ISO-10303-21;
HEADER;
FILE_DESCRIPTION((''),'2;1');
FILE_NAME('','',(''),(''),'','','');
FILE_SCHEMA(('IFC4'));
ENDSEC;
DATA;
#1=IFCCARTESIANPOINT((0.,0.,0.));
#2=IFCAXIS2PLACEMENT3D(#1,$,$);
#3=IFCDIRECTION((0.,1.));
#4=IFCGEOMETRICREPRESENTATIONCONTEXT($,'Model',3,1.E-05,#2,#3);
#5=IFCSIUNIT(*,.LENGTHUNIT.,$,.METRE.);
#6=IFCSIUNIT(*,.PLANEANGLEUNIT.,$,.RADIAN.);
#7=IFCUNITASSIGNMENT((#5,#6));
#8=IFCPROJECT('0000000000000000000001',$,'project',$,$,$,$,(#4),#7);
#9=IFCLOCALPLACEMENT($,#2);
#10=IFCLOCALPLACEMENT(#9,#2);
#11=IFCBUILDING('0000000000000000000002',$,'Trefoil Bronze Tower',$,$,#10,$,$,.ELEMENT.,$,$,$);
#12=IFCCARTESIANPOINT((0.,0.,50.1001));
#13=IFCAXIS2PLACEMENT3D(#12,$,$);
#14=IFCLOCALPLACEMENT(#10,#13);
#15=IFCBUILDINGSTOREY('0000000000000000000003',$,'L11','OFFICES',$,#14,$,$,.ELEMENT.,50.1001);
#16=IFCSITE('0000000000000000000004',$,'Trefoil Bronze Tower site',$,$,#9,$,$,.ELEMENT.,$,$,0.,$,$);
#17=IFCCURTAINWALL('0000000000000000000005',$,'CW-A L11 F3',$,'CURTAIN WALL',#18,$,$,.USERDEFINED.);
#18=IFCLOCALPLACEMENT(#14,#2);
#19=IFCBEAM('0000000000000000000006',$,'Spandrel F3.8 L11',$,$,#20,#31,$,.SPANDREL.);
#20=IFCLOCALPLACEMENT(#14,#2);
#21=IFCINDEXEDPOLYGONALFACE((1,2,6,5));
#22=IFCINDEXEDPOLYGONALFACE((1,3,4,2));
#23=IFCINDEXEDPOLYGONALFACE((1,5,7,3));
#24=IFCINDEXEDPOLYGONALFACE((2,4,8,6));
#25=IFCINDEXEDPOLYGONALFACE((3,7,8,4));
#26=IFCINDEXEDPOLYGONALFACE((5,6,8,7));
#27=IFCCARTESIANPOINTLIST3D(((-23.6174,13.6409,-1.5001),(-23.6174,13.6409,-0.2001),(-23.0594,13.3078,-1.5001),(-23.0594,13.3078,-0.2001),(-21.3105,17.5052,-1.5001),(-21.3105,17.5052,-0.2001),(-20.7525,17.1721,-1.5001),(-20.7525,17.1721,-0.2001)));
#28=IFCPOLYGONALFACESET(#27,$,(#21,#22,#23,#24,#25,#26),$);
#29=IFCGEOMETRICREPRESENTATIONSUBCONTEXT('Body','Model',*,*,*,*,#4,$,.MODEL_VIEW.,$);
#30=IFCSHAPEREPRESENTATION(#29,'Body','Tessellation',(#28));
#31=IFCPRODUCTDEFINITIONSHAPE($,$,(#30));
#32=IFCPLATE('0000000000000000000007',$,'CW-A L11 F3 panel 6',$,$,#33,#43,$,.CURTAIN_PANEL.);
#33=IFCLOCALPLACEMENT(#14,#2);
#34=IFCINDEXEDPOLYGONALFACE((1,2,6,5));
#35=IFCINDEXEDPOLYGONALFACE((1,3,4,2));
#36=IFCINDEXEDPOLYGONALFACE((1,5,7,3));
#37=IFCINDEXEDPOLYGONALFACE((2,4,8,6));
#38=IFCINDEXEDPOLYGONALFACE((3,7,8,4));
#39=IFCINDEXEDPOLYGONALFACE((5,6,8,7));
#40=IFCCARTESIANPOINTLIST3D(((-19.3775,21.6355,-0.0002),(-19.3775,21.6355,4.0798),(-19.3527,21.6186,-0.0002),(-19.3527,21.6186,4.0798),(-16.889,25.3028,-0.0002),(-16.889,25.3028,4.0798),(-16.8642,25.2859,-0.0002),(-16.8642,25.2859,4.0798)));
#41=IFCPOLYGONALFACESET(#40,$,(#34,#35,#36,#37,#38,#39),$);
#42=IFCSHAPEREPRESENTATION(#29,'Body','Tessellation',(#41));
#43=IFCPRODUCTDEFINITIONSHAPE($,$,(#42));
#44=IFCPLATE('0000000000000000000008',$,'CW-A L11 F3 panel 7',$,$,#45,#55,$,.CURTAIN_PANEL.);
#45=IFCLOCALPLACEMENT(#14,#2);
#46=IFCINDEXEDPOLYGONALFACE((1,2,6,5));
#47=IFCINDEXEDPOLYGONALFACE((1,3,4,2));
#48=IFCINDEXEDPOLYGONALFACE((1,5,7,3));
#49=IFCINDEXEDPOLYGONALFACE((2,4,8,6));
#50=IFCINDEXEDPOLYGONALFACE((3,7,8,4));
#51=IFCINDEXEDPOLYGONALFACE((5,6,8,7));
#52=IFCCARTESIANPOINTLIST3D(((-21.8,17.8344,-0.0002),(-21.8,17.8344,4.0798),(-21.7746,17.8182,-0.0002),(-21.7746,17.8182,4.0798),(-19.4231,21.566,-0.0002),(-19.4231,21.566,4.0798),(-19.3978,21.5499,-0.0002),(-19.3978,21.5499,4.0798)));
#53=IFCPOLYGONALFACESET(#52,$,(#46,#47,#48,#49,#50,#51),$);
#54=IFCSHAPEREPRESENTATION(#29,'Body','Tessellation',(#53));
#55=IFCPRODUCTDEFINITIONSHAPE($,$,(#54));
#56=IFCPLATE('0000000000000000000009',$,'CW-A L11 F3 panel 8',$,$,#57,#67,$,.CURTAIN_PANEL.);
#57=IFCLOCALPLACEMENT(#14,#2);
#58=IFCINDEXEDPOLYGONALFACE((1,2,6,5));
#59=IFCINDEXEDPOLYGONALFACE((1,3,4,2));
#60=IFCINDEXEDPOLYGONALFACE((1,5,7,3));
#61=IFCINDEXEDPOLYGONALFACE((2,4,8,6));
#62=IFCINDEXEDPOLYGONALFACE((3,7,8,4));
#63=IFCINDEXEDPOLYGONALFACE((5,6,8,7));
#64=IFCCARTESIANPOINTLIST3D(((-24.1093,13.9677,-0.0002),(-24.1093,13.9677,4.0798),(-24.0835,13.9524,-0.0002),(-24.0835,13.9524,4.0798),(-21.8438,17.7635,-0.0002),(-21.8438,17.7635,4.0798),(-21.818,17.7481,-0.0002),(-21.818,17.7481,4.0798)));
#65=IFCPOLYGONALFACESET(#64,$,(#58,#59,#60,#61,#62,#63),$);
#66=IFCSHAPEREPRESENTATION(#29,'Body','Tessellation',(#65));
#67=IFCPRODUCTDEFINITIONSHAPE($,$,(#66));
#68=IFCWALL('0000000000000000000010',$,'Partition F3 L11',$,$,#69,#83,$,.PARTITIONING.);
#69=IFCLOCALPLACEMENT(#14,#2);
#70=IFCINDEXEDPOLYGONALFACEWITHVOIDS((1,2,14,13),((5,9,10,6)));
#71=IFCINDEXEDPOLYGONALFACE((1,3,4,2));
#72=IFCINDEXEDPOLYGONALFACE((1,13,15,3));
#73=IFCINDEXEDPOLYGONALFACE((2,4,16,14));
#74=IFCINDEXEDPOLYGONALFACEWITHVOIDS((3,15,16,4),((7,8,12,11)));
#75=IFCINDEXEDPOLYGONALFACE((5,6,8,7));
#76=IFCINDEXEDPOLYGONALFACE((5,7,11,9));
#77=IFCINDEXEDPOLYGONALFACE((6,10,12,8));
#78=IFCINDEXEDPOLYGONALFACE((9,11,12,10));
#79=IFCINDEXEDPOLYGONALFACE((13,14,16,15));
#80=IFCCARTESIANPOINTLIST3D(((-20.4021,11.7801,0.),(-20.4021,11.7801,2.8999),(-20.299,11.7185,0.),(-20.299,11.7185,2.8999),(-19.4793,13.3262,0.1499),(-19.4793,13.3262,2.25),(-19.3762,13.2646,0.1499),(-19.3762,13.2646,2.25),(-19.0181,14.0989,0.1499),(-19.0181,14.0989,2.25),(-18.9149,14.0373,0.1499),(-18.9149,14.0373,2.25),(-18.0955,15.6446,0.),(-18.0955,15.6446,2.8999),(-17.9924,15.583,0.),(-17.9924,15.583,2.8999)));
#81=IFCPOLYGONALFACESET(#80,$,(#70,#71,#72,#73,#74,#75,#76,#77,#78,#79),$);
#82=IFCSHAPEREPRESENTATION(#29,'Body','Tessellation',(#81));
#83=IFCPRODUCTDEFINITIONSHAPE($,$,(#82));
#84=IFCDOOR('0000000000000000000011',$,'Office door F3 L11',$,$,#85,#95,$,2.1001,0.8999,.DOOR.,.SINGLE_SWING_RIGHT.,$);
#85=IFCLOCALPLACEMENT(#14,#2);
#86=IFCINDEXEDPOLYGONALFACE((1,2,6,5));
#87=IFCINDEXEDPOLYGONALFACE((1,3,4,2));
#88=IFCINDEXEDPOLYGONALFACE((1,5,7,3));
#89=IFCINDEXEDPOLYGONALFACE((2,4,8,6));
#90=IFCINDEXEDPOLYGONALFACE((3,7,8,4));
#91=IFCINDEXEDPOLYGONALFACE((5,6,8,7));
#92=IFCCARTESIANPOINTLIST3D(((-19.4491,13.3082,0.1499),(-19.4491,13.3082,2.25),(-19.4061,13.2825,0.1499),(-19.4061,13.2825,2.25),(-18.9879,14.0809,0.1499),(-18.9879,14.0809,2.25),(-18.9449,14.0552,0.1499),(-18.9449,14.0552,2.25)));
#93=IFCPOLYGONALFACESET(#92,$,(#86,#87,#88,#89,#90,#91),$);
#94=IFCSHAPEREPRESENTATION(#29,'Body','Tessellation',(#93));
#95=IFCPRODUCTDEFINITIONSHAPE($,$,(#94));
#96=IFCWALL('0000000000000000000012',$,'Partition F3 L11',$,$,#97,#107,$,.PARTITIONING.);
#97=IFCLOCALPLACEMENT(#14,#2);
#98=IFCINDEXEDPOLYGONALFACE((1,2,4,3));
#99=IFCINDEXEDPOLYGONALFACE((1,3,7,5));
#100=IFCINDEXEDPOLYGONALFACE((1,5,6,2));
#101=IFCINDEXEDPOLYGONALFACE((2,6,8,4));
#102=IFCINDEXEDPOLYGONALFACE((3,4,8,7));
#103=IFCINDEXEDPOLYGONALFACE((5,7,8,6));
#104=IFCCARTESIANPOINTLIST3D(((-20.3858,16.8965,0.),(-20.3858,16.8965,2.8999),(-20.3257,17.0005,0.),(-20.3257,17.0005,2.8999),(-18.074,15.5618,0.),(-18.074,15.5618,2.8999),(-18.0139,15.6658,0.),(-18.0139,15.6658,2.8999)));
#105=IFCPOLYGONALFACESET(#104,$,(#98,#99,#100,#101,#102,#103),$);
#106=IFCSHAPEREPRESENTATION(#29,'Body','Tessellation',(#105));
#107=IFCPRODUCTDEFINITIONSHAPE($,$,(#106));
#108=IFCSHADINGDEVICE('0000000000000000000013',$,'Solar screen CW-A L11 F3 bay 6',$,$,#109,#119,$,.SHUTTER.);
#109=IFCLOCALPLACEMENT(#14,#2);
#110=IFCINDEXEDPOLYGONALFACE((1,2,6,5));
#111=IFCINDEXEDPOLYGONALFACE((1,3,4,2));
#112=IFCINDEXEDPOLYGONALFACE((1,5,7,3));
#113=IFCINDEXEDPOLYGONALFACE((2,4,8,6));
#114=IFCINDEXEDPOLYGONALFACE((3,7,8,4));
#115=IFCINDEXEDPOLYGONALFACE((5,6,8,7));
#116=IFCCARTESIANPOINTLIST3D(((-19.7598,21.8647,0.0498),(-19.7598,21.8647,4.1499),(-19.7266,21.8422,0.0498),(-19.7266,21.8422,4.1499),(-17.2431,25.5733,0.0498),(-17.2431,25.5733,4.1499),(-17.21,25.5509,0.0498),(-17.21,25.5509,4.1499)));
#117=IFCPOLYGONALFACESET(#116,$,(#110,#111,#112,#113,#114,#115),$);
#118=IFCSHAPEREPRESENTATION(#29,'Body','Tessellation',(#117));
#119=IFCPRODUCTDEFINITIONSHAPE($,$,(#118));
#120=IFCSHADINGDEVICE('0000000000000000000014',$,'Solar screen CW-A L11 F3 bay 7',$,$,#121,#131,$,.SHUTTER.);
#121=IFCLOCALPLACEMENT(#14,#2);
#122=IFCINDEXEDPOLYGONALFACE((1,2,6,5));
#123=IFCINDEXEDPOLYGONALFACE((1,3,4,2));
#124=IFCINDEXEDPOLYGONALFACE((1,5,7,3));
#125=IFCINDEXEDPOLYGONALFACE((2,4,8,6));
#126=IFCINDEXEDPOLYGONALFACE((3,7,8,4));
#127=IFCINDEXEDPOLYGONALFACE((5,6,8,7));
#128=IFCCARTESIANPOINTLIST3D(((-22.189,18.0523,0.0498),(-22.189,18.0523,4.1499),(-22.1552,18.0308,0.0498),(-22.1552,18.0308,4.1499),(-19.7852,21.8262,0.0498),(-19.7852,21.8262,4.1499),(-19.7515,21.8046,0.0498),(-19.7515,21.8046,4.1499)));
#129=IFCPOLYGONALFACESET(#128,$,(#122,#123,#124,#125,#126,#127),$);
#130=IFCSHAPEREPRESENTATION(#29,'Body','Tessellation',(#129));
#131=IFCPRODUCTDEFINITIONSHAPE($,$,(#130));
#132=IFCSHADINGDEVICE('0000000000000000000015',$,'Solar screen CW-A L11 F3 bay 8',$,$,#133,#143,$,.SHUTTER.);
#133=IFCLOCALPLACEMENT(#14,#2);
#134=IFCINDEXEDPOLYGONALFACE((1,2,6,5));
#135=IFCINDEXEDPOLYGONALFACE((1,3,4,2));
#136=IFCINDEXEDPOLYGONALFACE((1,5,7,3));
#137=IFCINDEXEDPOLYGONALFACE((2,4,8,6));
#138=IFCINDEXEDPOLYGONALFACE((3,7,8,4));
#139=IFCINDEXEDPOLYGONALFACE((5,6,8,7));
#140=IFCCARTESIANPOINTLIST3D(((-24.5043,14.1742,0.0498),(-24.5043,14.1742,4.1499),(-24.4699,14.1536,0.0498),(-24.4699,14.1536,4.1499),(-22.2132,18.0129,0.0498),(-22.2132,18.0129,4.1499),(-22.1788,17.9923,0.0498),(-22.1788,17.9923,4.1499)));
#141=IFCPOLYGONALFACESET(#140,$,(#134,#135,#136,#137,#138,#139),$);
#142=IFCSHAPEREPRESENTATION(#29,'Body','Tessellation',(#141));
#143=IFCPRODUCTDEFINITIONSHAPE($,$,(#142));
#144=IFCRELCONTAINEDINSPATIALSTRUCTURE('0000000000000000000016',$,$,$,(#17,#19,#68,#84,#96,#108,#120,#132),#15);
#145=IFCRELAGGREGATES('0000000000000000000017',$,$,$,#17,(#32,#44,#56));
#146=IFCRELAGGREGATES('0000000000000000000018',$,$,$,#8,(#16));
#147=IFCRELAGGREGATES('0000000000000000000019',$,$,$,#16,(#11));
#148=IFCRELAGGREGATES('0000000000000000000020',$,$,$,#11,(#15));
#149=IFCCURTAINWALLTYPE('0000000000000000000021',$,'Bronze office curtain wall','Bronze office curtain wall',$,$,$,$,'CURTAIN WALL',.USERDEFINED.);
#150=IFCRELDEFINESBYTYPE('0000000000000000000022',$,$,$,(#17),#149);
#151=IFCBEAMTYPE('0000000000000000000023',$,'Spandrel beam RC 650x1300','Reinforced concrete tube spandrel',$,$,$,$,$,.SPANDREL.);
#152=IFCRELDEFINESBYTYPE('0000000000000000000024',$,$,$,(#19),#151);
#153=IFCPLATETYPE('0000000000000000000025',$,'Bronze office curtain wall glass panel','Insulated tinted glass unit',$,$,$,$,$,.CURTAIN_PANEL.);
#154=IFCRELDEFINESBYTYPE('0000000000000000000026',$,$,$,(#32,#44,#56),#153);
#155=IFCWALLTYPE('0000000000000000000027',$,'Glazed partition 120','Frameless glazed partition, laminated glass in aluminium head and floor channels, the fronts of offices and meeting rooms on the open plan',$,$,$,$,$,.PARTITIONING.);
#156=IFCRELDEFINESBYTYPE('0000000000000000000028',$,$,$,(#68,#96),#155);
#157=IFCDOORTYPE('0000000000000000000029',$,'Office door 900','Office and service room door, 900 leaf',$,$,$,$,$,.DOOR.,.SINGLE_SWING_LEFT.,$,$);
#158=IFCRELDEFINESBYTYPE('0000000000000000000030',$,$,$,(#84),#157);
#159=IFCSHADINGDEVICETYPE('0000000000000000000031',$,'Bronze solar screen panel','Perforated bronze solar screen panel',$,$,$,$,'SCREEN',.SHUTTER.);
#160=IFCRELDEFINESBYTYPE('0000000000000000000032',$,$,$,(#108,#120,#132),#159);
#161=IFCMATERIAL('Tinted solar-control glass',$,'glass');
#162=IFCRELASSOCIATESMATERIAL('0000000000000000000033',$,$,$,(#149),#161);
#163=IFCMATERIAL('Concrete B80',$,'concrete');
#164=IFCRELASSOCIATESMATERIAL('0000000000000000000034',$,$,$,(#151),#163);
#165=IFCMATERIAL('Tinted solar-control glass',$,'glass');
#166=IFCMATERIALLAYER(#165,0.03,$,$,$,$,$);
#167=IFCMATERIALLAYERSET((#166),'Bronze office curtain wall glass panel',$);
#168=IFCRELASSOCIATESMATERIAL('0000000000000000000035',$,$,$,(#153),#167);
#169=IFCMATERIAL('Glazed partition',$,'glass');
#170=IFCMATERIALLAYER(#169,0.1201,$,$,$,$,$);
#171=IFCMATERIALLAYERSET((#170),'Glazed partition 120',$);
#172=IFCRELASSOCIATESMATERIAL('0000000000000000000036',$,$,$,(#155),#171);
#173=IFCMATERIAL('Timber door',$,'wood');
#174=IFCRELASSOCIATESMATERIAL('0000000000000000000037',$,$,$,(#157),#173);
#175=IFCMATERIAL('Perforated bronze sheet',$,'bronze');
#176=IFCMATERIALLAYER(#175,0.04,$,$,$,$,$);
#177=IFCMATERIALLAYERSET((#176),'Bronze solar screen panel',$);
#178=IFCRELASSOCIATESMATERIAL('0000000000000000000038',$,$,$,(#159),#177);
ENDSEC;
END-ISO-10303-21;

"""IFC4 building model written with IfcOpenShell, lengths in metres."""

from ifc_helpers import new_model, si_unit, direction, frame, frame_2d, origin, origin_2d, place, context, subcontext, project, spatial, rectangle, extrude, material, layer, layer_set, material_profile, profile_set, type_object, element, fill, aggregate, save


model = new_model("IFC4")

# Units and contexts
model_context = context("Model", 3, precision=1e-05, world=origin(), true_north=direction((0.0, 1.0)))
body_context = subcontext(model_context, "Body", "Model", "MODEL_VIEW")
ifc_project = project(units=[si_unit("LENGTHUNIT", "METRE"), si_unit("PLANEANGLEUNIT", "RADIAN")], contexts=[model_context])

# Site, building, storey
site_placement = place(None, origin())
site = spatial("IfcSite", under=ifc_project, at=site_placement, Name="Trefoil Bronze Tower site", CompositionType="ELEMENT", RefElevation=0.0)
building_placement = place(site_placement, origin())
building = spatial("IfcBuilding", under=site, at=building_placement, Name="Trefoil Bronze Tower", CompositionType="ELEMENT")
storey_placement = place(building_placement, frame((0.0, 0.0, 50.1001)))
storey = spatial("IfcBuildingStorey", under=building, at=storey_placement, Name="L11", Description="OFFICES", CompositionType="ELEMENT", Elevation=50.1001)

# Curtain wall
ifc_material_1 = material(Name="Tinted solar-control glass", Category="glass")
curtain_wall_type = type_object("IfcCurtainWallType", Name="Bronze office curtain wall", Description="Bronze office curtain wall", ElementType="CURTAIN WALL", PredefinedType="USERDEFINED", material=ifc_material_1)
curtain_wall_placement = place(storey_placement, origin())
curtain_wall = element("IfcCurtainWall", 1, at=curtain_wall_placement, inside=storey, type_object=curtain_wall_type, Name="CW-A L11 F3", ObjectType="CURTAIN WALL", PredefinedType="USERDEFINED")

# Beam
ifc_material_2 = material(Name="Concrete B80", Category="concrete")
ifc_material_profile_1 = material_profile(ifc_material_2, rectangle(XDim=0.6499, YDim=1.3, at=origin_2d()), Name="RC 650x1300")
ifc_profile_set_1 = profile_set([ifc_material_profile_1], Name="Concrete B80")
beam_type_1 = type_object("IfcBeamType", Name="Spandrel beam RC 650x1300", Description="Reinforced concrete tube spandrel", PredefinedType="SPANDREL", material=ifc_profile_set_1)
beam_1_placement = place(storey_placement, frame((-21.0315, 17.3386, -0.8501), z_axis=(-0.512588, -0.858635, 0.0), x_axis=(0.858635, -0.512588, 0.0)))
element("IfcBeam", 2, at=beam_1_placement, inside=storey, type_object=beam_type_1, Name="Spandrel F3.8 L11", PredefinedType="SPANDREL", context=body_context, shape_type="SweptSolid", body=[
    extrude(rectangle(XDim=0.6499, YDim=1.3, at=origin_2d()), origin(), (0.0, 0.0, 1.0), 4.5005),
])

# Plates
ifc_material_3 = material(Name="Tinted solar-control glass", Category="glass")
ifc_layer_1 = layer(ifc_material_3, 0.03)
ifc_layer_set_1 = layer_set([ifc_layer_1], Name="Bronze office curtain wall glass panel")
plate_type = type_object("IfcPlateType", Name="Bronze office curtain wall glass panel", Description="Insulated tinted glass unit", PredefinedType="CURTAIN_PANEL", material=ifc_layer_set_1)
plate_1_placement = place(storey_placement, frame((-18.1208, 23.4607, -0.0002), z_axis=(0.0, 0.0, 1.0), x_axis=(-0.56151, -0.82747, 0.0)))
plate_1 = element("IfcPlate", 3, at=plate_1_placement, type_object=plate_type, Name="CW-A L11 F3 panel 6", PredefinedType="CURTAIN_PANEL", context=body_context, shape_type="SweptSolid", body=[
    extrude(rectangle(XDim=4.4319, YDim=0.03, at=origin_2d()), origin(), (0.0, 0.0, 1.0), 4.0801),
])
plate_2_placement = place(storey_placement, frame((-20.5989, 19.6921, -0.0002), z_axis=(0.0, 0.0, 1.0), x_axis=(-0.537222, -0.843441, 0.0)))
plate_2 = element("IfcPlate", 4, at=plate_2_placement, type_object=plate_type, Name="CW-A L11 F3 panel 7", PredefinedType="CURTAIN_PANEL", context=body_context, shape_type="SweptSolid", body=[
    extrude(rectangle(XDim=4.4243, YDim=0.03, at=origin_2d()), origin(), (0.0, 0.0, 1.0), 4.0801),
])
plate_3_placement = place(storey_placement, frame((-22.9636, 15.8579, -0.0002), z_axis=(0.0, 0.0, 1.0), x_axis=(-0.512513, -0.85868, 0.0)))
plate_3 = element("IfcPlate", 5, at=plate_3_placement, type_object=plate_type, Name="CW-A L11 F3 panel 8", PredefinedType="CURTAIN_PANEL", context=body_context, shape_type="SweptSolid", body=[
    extrude(rectangle(XDim=4.4204, YDim=0.03, at=origin_2d()), origin(), (0.0, 0.0, 1.0), 4.0801),
])
aggregate(curtain_wall, [plate_1, plate_2, plate_3])

# Wall, opening, door
ifc_material_4 = material(Name="Glazed partition", Category="glass")
ifc_layer_2 = layer(ifc_material_4, 0.1201)
ifc_layer_set_2 = layer_set([ifc_layer_2], Name="Glazed partition 120")
wall_type = type_object("IfcWallType", Name="Glazed partition 120", Description="Frameless glazed partition, laminated glass in aluminium head and floor channels, the fronts of offices and meeting rooms on the open plan", PredefinedType="PARTITIONING", material=ifc_layer_set_2)
wall_1_placement = place(storey_placement, frame((-18.0439, 15.6138, 0.0), z_axis=(0.0, 0.0, 1.0), x_axis=(-0.512524, -0.858673, 0.0)))
wall_1 = element("IfcWall", 6, at=wall_1_placement, inside=storey, type_object=wall_type, Name="Partition F3 L11", PredefinedType="PARTITIONING", context=body_context, shape_type="SweptSolid", body=[
    extrude(rectangle(XDim=4.5005, YDim=0.1201, at=frame_2d((2.2502, 0.0))), origin(), (0.0, 0.0, 1.0), 2.8999),
])
opening_placement = place(wall_1_placement, frame((1.8, 0.0, 0.1499)))
opening = element("IfcOpeningElement", 7, at=opening_placement, cuts=wall_1, PredefinedType="OPENING", context=body_context, shape_type="SweptSolid", body=[
    extrude(rectangle(XDim=0.8999, YDim=2.1001, at=frame_2d((0.45, 1.05))), frame((0.0, 0.0701, 0.0), z_axis=(0.0, -1.0, 0.0), x_axis=(1.0, 0.0, 0.0)), (0.0, 0.0, 1.0), 0.1401),
])
ifc_material_5 = material(Name="Timber door", Category="wood")
door_type = type_object("IfcDoorType", Name="Office door 900", Description="Office and service room door, 900 leaf", OperationType="SINGLE_SWING_LEFT", PredefinedType="DOOR", material=ifc_material_5)
door_placement = place(opening_placement, frame((0.8999, 0.0, 0.0), z_axis=(0.0, 0.0, 1.0), x_axis=(-1.0, 0.0, 0.0)))
door = element("IfcDoor", 8, at=door_placement, inside=storey, type_object=door_type, Name="Office door F3 L11", OperationType="SINGLE_SWING_RIGHT", OverallHeight=2.1001, OverallWidth=0.8999, PredefinedType="DOOR", context=body_context, shape_type="SweptSolid", body=[
    extrude(rectangle(XDim=0.8999, YDim=2.1001, at=frame_2d((0.45, 1.05))), frame((0.0, 0.0249, 0.0), z_axis=(0.0, -1.0, 0.0), x_axis=(1.0, 0.0, 0.0)), (0.0, 0.0, 1.0), 0.05),
])
fill(opening, door)

# Wall
wall_2_placement = place(storey_placement, frame((-18.0439, 15.6138, 0.0), z_axis=(0.0, 0.0, 1.0), x_axis=(-0.866023, 0.500005, 0.0)))
element("IfcWall", 9, at=wall_2_placement, inside=storey, type_object=wall_type, Name="Partition F3 L11", PredefinedType="PARTITIONING", context=body_context, shape_type="SweptSolid", body=[
    extrude(rectangle(XDim=2.6694, YDim=0.1201, at=frame_2d((1.3347, 0.0))), origin(), (0.0, 0.0, 1.0), 2.8999),
])

# Shading devices
ifc_material_6 = material(Name="Perforated bronze sheet", Category="bronze")
ifc_layer_3 = layer(ifc_material_6, 0.04)
ifc_layer_set_3 = layer_set([ifc_layer_3], Name="Bronze solar screen panel")
shading_device_type = type_object("IfcShadingDeviceType", Name="Bronze solar screen panel", Description="Perforated bronze solar screen panel", ElementType="SCREEN", PredefinedType="SHUTTER", material=ifc_layer_set_3)
shading_device_1_placement = place(storey_placement, frame((-18.4849, 23.7078, 0.0498), z_axis=(0.0, 0.0, 1.0), x_axis=(-0.56151, -0.82747, 0.0)))
element("IfcShadingDevice", 10, at=shading_device_1_placement, inside=storey, type_object=shading_device_type, Name="Solar screen CW-A L11 F3 bay 6", PredefinedType="SHUTTER", context=body_context, shape_type="SweptSolid", body=[
    extrude(rectangle(XDim=4.4819, YDim=0.04, at=origin_2d()), origin(), (0.0, 0.0, 1.0), 4.1001),
])
shading_device_2_placement = place(storey_placement, frame((-20.9702, 19.9285, 0.0498), z_axis=(0.0, 0.0, 1.0), x_axis=(-0.537222, -0.843441, 0.0)))
element("IfcShadingDevice", 11, at=shading_device_2_placement, inside=storey, type_object=shading_device_type, Name="Solar screen CW-A L11 F3 bay 7", PredefinedType="SHUTTER", context=body_context, shape_type="SweptSolid", body=[
    extrude(rectangle(XDim=4.4744, YDim=0.04, at=origin_2d()), origin(), (0.0, 0.0, 1.0), 4.1001),
])
shading_device_3_placement = place(storey_placement, frame((-23.3416, 16.0833, 0.0498), z_axis=(0.0, 0.0, 1.0), x_axis=(-0.512513, -0.85868, 0.0)))
element("IfcShadingDevice", 12, at=shading_device_3_placement, inside=storey, type_object=shading_device_type, Name="Solar screen CW-A L11 F3 bay 8", PredefinedType="SHUTTER", context=body_context, shape_type="SweptSolid", body=[
    extrude(rectangle(XDim=4.4705, YDim=0.04, at=origin_2d()), origin(), (0.0, 0.0, 1.0), 4.1001),
])

save(model, "model.ifc")
